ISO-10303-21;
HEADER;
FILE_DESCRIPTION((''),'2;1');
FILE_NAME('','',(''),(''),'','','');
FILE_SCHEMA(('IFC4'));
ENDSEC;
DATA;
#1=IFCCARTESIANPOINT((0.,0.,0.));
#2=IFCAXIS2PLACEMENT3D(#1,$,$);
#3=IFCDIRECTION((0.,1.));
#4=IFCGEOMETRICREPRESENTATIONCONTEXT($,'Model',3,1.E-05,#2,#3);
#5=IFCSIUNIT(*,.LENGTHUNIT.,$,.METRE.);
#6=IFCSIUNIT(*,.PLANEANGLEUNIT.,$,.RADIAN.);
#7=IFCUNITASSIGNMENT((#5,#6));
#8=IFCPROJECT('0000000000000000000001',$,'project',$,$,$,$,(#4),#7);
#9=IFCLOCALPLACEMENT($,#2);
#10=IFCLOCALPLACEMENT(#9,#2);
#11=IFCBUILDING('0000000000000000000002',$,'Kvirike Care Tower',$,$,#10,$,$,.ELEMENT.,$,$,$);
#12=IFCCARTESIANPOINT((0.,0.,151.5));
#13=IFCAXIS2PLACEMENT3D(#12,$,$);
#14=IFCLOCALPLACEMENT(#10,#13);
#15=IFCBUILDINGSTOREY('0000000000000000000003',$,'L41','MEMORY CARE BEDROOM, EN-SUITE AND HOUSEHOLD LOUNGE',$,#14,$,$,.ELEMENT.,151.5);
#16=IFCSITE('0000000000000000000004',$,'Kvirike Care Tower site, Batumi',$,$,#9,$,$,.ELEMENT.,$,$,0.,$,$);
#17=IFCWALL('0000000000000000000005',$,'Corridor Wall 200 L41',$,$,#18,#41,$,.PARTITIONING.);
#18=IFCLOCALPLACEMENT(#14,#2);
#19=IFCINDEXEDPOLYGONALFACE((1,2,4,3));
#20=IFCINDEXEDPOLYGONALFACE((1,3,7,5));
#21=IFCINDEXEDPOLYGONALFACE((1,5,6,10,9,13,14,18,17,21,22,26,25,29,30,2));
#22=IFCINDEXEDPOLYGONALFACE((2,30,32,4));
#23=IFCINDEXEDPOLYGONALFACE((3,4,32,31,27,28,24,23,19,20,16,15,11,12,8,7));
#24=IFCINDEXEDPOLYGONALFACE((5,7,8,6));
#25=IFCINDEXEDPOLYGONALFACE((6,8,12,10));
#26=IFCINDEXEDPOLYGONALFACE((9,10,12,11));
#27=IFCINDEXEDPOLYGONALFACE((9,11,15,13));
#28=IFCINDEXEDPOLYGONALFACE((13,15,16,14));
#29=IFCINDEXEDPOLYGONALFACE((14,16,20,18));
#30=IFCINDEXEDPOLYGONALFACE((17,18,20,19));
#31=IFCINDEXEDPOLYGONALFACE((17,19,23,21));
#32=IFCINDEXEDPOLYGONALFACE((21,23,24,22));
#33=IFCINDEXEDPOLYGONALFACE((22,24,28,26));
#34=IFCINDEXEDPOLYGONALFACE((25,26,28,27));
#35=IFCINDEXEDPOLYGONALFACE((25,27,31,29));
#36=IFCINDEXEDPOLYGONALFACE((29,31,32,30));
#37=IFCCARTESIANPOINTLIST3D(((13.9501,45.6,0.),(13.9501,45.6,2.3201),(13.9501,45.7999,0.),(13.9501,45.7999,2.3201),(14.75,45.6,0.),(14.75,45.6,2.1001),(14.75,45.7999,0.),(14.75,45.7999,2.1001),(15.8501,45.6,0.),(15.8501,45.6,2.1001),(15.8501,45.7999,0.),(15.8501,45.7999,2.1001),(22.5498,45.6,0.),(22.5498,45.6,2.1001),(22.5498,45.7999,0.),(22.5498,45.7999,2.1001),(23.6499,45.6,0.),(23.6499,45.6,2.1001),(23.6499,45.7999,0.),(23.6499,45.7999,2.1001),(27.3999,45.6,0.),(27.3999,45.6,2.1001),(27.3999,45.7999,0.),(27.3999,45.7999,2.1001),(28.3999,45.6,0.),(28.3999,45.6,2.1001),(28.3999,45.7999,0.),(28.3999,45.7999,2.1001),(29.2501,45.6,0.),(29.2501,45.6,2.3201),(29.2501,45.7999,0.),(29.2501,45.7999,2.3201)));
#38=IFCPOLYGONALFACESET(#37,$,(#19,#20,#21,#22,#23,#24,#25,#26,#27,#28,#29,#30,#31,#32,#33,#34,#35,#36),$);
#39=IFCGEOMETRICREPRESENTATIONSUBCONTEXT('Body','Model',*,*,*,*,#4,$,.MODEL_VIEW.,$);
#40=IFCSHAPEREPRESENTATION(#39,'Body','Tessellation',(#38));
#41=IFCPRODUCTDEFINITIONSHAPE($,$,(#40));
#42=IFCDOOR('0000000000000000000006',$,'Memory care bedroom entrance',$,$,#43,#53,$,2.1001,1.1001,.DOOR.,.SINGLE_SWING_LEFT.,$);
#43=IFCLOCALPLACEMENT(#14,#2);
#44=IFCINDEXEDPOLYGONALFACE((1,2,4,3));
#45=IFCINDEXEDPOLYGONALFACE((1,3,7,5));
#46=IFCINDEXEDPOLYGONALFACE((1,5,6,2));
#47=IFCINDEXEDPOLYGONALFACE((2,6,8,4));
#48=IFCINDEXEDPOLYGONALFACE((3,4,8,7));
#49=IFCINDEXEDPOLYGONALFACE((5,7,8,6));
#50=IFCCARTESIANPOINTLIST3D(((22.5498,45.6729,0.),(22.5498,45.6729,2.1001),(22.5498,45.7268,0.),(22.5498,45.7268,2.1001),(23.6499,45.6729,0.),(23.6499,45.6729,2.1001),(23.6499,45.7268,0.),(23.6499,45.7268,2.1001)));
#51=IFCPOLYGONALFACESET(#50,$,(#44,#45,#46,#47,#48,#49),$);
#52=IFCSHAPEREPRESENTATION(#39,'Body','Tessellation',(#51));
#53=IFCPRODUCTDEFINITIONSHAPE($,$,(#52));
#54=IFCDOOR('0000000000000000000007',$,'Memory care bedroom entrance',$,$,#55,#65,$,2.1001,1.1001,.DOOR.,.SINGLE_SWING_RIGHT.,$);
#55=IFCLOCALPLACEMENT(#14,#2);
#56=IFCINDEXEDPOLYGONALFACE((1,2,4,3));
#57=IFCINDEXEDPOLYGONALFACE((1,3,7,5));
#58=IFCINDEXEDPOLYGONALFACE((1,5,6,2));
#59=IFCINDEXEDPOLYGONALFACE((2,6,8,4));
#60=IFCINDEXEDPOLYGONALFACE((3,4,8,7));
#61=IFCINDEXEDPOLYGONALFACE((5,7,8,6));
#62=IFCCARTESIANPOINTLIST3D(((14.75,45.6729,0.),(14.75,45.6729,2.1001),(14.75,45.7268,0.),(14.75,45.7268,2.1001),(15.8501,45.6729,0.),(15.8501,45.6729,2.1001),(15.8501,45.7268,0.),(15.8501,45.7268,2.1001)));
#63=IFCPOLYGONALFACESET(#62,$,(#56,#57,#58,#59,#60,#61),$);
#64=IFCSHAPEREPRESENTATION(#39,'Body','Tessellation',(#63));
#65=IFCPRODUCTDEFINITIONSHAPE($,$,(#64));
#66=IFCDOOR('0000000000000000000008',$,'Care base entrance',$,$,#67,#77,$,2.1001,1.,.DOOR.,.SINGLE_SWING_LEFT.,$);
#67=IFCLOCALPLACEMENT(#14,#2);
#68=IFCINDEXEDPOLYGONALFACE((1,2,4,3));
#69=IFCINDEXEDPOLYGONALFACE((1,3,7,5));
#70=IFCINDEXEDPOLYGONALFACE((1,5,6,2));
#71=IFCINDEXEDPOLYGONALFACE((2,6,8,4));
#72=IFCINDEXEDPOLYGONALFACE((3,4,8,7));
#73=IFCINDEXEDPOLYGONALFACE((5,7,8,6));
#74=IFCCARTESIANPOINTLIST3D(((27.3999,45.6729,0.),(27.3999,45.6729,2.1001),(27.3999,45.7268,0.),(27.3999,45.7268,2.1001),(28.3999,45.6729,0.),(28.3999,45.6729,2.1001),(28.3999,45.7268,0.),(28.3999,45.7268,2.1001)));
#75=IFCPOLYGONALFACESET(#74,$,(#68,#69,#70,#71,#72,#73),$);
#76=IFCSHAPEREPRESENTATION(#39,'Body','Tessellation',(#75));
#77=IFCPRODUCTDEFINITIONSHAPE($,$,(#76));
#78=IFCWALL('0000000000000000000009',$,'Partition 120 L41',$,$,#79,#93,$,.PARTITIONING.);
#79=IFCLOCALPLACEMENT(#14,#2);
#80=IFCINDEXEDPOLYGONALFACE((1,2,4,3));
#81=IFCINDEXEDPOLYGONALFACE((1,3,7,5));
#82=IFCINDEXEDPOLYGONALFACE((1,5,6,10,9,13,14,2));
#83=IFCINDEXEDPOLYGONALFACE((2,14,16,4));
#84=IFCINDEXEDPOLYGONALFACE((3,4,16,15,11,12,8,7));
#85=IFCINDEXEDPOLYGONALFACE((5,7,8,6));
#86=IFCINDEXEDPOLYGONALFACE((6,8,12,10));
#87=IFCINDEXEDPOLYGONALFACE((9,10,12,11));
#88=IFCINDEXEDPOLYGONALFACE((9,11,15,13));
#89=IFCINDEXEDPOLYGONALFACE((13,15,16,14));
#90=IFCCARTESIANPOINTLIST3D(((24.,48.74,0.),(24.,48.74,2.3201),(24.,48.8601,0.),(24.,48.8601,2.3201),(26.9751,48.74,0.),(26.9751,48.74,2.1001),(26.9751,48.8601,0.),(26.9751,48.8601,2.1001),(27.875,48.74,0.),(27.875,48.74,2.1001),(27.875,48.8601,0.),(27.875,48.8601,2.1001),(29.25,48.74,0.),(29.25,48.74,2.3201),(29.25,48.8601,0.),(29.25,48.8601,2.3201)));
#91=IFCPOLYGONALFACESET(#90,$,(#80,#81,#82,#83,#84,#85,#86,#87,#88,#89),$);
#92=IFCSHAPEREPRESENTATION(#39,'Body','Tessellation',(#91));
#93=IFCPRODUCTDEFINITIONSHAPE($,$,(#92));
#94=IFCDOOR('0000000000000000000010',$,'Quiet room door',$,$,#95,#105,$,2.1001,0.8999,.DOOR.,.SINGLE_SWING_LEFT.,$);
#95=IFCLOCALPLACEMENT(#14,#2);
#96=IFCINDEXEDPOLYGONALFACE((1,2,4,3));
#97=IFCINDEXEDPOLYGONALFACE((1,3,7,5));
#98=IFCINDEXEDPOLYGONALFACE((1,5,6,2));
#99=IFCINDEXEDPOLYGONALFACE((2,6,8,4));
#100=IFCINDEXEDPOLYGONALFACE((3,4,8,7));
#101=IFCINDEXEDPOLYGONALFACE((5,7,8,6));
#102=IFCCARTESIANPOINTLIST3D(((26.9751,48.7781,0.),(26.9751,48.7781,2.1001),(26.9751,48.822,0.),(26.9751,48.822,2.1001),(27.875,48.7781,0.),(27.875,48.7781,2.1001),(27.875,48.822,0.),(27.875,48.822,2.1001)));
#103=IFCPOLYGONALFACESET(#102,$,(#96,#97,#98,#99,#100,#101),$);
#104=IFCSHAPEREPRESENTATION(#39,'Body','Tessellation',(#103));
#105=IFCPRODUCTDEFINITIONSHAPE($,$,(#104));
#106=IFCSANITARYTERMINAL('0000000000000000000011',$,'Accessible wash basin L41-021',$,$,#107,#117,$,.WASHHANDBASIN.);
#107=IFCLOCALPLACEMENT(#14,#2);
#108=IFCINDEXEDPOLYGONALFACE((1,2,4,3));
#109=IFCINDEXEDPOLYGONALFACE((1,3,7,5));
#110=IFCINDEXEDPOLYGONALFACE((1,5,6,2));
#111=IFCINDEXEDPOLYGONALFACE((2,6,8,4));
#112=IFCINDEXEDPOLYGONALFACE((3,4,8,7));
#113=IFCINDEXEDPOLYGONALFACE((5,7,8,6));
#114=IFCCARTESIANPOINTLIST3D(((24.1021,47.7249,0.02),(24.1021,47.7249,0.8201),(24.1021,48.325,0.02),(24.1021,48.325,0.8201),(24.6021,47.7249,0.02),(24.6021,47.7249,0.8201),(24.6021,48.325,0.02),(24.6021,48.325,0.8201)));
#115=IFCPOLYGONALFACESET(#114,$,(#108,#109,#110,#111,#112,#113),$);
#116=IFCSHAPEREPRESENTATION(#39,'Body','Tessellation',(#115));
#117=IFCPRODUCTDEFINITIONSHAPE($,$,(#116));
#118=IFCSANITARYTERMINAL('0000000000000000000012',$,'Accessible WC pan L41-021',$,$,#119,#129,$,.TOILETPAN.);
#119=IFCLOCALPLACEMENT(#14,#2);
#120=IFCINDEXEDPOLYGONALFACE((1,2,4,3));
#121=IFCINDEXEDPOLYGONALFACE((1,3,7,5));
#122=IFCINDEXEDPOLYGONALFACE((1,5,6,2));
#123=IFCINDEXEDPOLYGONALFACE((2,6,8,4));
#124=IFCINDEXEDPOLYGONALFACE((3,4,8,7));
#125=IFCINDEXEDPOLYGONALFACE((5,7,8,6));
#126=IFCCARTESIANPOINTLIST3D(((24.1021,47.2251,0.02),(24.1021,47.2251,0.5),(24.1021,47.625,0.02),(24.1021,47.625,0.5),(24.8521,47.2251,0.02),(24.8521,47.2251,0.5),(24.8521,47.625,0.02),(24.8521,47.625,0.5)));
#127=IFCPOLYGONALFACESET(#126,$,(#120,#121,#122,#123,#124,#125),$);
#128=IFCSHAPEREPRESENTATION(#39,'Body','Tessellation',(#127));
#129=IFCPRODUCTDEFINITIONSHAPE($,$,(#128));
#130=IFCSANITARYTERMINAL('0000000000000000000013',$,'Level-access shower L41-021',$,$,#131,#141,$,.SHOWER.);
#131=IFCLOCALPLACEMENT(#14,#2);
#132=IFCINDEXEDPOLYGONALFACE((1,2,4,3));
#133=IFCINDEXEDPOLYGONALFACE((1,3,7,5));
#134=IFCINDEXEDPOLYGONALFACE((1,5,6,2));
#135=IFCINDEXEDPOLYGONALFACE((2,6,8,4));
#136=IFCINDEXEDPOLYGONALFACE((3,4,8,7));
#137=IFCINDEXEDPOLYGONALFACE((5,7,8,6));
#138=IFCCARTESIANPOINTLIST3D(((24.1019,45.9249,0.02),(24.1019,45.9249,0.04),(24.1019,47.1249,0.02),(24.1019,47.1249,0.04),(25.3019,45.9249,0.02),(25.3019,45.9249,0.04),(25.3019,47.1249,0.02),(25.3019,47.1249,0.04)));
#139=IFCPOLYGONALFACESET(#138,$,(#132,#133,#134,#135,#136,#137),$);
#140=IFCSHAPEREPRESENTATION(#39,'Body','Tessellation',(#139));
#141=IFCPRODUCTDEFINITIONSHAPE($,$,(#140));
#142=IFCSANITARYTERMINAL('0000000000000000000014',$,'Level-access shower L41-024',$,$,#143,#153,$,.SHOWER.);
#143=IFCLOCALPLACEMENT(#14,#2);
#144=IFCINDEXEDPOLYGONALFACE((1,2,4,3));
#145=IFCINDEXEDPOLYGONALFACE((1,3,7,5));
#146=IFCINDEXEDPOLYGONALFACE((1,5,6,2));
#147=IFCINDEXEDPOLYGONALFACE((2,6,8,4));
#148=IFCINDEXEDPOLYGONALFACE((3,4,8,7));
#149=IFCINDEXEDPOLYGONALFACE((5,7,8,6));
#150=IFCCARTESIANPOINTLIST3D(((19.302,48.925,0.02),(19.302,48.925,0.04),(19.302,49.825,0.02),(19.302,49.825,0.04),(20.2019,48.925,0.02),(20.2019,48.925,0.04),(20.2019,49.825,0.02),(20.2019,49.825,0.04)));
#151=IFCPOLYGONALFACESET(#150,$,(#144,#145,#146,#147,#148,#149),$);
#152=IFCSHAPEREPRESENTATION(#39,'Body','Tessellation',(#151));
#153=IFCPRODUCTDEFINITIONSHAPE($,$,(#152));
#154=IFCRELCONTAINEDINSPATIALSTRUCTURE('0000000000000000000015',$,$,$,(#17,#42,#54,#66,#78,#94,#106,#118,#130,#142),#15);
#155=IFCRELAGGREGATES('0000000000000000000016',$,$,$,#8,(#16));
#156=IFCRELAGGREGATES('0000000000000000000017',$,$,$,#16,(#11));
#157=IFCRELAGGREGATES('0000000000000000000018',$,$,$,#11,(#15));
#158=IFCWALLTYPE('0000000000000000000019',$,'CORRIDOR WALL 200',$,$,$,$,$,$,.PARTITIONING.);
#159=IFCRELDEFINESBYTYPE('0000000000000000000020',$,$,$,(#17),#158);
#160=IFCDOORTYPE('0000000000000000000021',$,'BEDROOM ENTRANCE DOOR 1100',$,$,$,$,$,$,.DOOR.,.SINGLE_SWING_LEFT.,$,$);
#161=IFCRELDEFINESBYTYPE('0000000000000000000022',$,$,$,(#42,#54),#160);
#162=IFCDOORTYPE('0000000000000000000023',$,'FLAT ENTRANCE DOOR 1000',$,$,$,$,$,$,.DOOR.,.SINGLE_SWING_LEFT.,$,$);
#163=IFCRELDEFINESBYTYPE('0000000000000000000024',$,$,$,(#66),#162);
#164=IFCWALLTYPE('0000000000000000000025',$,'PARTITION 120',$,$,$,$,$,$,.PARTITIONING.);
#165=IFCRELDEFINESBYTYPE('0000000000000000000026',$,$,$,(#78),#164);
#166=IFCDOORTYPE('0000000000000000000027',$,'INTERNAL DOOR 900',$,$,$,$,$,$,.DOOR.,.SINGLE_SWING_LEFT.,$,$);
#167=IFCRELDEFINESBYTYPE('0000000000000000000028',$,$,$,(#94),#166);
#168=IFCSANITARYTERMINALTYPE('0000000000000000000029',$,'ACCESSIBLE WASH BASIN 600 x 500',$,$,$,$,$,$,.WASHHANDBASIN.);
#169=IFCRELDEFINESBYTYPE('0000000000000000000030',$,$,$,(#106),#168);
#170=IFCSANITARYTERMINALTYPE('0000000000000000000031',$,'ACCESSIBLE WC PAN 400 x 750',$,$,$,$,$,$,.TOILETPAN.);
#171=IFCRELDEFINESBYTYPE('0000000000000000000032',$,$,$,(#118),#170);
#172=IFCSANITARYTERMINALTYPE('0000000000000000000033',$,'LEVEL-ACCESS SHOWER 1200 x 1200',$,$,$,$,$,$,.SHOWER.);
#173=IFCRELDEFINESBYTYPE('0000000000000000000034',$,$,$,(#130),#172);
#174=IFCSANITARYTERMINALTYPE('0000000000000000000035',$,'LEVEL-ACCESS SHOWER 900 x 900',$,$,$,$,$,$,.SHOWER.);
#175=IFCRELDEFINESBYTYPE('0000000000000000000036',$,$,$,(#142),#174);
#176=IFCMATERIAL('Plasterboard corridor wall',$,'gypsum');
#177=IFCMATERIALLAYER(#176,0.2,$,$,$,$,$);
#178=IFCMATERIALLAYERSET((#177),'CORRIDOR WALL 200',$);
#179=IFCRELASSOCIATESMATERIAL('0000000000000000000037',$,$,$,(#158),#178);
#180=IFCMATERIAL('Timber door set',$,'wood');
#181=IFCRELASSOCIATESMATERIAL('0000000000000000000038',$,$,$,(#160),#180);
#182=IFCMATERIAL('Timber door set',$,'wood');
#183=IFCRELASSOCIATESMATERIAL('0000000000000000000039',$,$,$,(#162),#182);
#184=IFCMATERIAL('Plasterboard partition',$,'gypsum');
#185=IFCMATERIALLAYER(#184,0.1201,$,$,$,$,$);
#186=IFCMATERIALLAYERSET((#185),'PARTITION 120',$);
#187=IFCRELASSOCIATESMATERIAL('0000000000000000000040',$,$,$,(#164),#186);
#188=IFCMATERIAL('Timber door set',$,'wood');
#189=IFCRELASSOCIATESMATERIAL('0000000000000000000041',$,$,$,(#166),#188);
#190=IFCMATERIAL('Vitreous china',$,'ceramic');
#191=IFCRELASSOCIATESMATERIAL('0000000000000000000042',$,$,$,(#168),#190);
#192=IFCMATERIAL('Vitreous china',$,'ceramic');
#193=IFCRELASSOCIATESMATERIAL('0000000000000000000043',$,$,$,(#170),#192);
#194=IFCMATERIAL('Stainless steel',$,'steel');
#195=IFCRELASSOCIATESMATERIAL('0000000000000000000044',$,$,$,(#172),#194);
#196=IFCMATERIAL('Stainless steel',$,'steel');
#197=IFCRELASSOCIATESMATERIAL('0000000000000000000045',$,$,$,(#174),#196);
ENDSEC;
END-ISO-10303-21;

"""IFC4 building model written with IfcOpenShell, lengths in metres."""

from ifc_helpers import new_model, si_unit, direction, frame, frame_2d, origin, origin_2d, place, context, subcontext, project, spatial, rectangle, extrude, material, layer, layer_set, type_object, element, fill, save


model = new_model("IFC4")

# Units and contexts
model_context = context("Model", 3, precision=1e-05, world=origin(), true_north=direction((0.0, 1.0)))
body_context = subcontext(model_context, "Body", "Model", "MODEL_VIEW")
ifc_project = project(units=[si_unit("LENGTHUNIT", "METRE"), si_unit("PLANEANGLEUNIT", "RADIAN")], contexts=[model_context])

# Site, building, storey
site_placement = place(None, origin())
site = spatial("IfcSite", under=ifc_project, at=site_placement, Name="Kvirike Care Tower site, Batumi", CompositionType="ELEMENT", RefElevation=0.0)
building_placement = place(site_placement, origin())
building = spatial("IfcBuilding", under=site, at=building_placement, Name="Kvirike Care Tower", CompositionType="ELEMENT")
storey_placement = place(building_placement, frame((0.0, 0.0, 151.5)))
storey = spatial("IfcBuildingStorey", under=building, at=storey_placement, Name="L41", Description="MEMORY CARE BEDROOM, EN-SUITE AND HOUSEHOLD LOUNGE", CompositionType="ELEMENT", Elevation=151.5)

# Wall, openings, doors
ifc_material_1 = material(Name="Plasterboard corridor wall", Category="gypsum")
ifc_layer_1 = layer(ifc_material_1, 0.2)
ifc_layer_set_1 = layer_set([ifc_layer_1], Name="CORRIDOR WALL 200")
wall_type_1 = type_object("IfcWallType", Name="CORRIDOR WALL 200", PredefinedType="PARTITIONING", material=ifc_layer_set_1)
wall_1_placement = place(storey_placement, frame((29.25, 45.7, 0.0), z_axis=(0.0, 0.0, 1.0), x_axis=(-1.0, 0.0, 0.0)))
wall_1 = element("IfcWall", 1, at=wall_1_placement, inside=storey, type_object=wall_type_1, Name="Corridor Wall 200 L41", PredefinedType="PARTITIONING", context=body_context, shape_type="SweptSolid", body=[
    extrude(rectangle(XDim=15.3, YDim=0.2, at=frame_2d((7.6499, 0.0))), origin(), (0.0, 0.0, 1.0), 2.3201),
])
opening_1_placement = place(wall_1_placement, frame((0.8501, 0.0, 0.0)))
opening_1 = element("IfcOpeningElement", 2, at=opening_1_placement, cuts=wall_1, PredefinedType="OPENING", context=body_context, shape_type="SweptSolid", body=[
    extrude(rectangle(XDim=1.0, YDim=2.1001, at=frame_2d((0.5, 1.05))), frame((0.0, 0.1106, 0.0), z_axis=(0.0, -1.0, 0.0), x_axis=(1.0, 0.0, 0.0)), (0.0, 0.0, 1.0), 0.2209),
])
opening_2_placement = place(wall_1_placement, frame((5.6001, 0.0, 0.0)))
opening_2 = element("IfcOpeningElement", 3, at=opening_2_placement, cuts=wall_1, PredefinedType="OPENING", context=body_context, shape_type="SweptSolid", body=[
    extrude(rectangle(XDim=1.1001, YDim=2.1001, at=frame_2d((0.55, 1.05))), frame((0.0, 0.1106, 0.0), z_axis=(0.0, -1.0, 0.0), x_axis=(1.0, 0.0, 0.0)), (0.0, 0.0, 1.0), 0.2209),
])
opening_3_placement = place(wall_1_placement, frame((13.3999, 0.0, 0.0)))
opening_3 = element("IfcOpeningElement", 4, at=opening_3_placement, cuts=wall_1, PredefinedType="OPENING", context=body_context, shape_type="SweptSolid", body=[
    extrude(rectangle(XDim=1.1001, YDim=2.1001, at=frame_2d((0.55, 1.05))), frame((0.0, 0.1106, 0.0), z_axis=(0.0, -1.0, 0.0), x_axis=(1.0, 0.0, 0.0)), (0.0, 0.0, 1.0), 0.2209),
])
ifc_material_2 = material(Name="Timber door set", Category="wood")
door_type_1 = type_object("IfcDoorType", Name="BEDROOM ENTRANCE DOOR 1100", OperationType="SINGLE_SWING_LEFT", PredefinedType="DOOR", material=ifc_material_2)
door_1_placement = place(opening_2_placement, frame((1.1001, 0.0, 0.0), z_axis=(0.0, 0.0, 1.0), x_axis=(-1.0, 0.0, 0.0)))
door_1 = element("IfcDoor", 5, at=door_1_placement, inside=storey, type_object=door_type_1, Name="Memory care bedroom entrance", OperationType="SINGLE_SWING_LEFT", OverallHeight=2.1001, OverallWidth=1.1001, PredefinedType="DOOR", context=body_context, shape_type="SweptSolid", body=[
    extrude(rectangle(XDim=1.1001, YDim=2.1001, at=frame_2d((0.55, 1.05))), frame((0.0, 0.0269, 0.0), z_axis=(0.0, -1.0, 0.0), x_axis=(1.0, 0.0, 0.0)), (0.0, 0.0, 1.0), 0.054),
])
fill(opening_2, door_1)
door_2_placement = place(opening_3_placement, frame((1.1001, 0.0, 0.0), z_axis=(0.0, 0.0, 1.0), x_axis=(-1.0, 0.0, 0.0)))
door_2 = element("IfcDoor", 6, at=door_2_placement, inside=storey, type_object=door_type_1, Name="Memory care bedroom entrance", OperationType="SINGLE_SWING_RIGHT", OverallHeight=2.1001, OverallWidth=1.1001, PredefinedType="DOOR", context=body_context, shape_type="SweptSolid", body=[
    extrude(rectangle(XDim=1.1001, YDim=2.1001, at=frame_2d((0.55, 1.05))), frame((0.0, 0.0269, 0.0), z_axis=(0.0, -1.0, 0.0), x_axis=(1.0, 0.0, 0.0)), (0.0, 0.0, 1.0), 0.054),
])
fill(opening_3, door_2)
ifc_material_3 = material(Name="Timber door set", Category="wood")
door_type_2 = type_object("IfcDoorType", Name="FLAT ENTRANCE DOOR 1000", OperationType="SINGLE_SWING_LEFT", PredefinedType="DOOR", material=ifc_material_3)
door_3_placement = place(opening_1_placement, frame((1.0, 0.0, 0.0), z_axis=(0.0, 0.0, 1.0), x_axis=(-1.0, 0.0, 0.0)))
door_3 = element("IfcDoor", 7, at=door_3_placement, inside=storey, type_object=door_type_2, Name="Care base entrance", OperationType="SINGLE_SWING_LEFT", OverallHeight=2.1001, OverallWidth=1.0, PredefinedType="DOOR", context=body_context, shape_type="SweptSolid", body=[
    extrude(rectangle(XDim=1.0, YDim=2.1001, at=frame_2d((0.5, 1.05))), frame((0.0, 0.0269, 0.0), z_axis=(0.0, -1.0, 0.0), x_axis=(1.0, 0.0, 0.0)), (0.0, 0.0, 1.0), 0.054),
])
fill(opening_1, door_3)

# Wall, opening, door
ifc_material_4 = material(Name="Plasterboard partition", Category="gypsum")
ifc_layer_2 = layer(ifc_material_4, 0.1201)
ifc_layer_set_2 = layer_set([ifc_layer_2], Name="PARTITION 120")
wall_type_2 = type_object("IfcWallType", Name="PARTITION 120", PredefinedType="PARTITIONING", material=ifc_layer_set_2)
wall_2_placement = place(storey_placement, frame((29.25, 48.8, 0.0), z_axis=(0.0, 0.0, 1.0), x_axis=(-1.0, 0.0, 0.0)))
wall_2 = element("IfcWall", 8, at=wall_2_placement, inside=storey, type_object=wall_type_2, Name="Partition 120 L41", PredefinedType="PARTITIONING", context=body_context, shape_type="SweptSolid", body=[
    extrude(rectangle(XDim=5.25, YDim=0.1201, at=frame_2d((2.625, 0.0))), origin(), (0.0, 0.0, 1.0), 2.3201),
])
opening_4_placement = place(wall_2_placement, frame((1.375, 0.0, 0.0)))
opening_4 = element("IfcOpeningElement", 9, at=opening_4_placement, cuts=wall_2, PredefinedType="OPENING", context=body_context, shape_type="SweptSolid", body=[
    extrude(rectangle(XDim=0.8999, YDim=2.1001, at=frame_2d((0.45, 1.05))), frame((0.0, 0.0706, 0.0), z_axis=(0.0, -1.0, 0.0), x_axis=(1.0, 0.0, 0.0)), (0.0, 0.0, 1.0), 0.1411),
])
ifc_material_5 = material(Name="Timber door set", Category="wood")
door_type_3 = type_object("IfcDoorType", Name="INTERNAL DOOR 900", OperationType="SINGLE_SWING_LEFT", PredefinedType="DOOR", material=ifc_material_5)
door_4_placement = place(opening_4_placement, origin())
door_4 = element("IfcDoor", 10, at=door_4_placement, inside=storey, type_object=door_type_3, Name="Quiet room door", OperationType="SINGLE_SWING_LEFT", OverallHeight=2.1001, OverallWidth=0.8999, PredefinedType="DOOR", context=body_context, shape_type="SweptSolid", body=[
    extrude(rectangle(XDim=0.8999, YDim=2.1001, at=frame_2d((0.45, 1.05))), frame((0.0, 0.022, 0.0), z_axis=(0.0, -1.0, 0.0), x_axis=(1.0, 0.0, 0.0)), (0.0, 0.0, 1.0), 0.0439),
])
fill(opening_4, door_4)

# Sanitary terminals
ifc_material_6 = material(Name="Vitreous china", Category="ceramic")
sanitary_terminal_type_1 = type_object("IfcSanitaryTerminalType", Name="ACCESSIBLE WASH BASIN 600 x 500", PredefinedType="WASHHANDBASIN", material=ifc_material_6)
sanitary_terminal_1_placement = place(storey_placement, frame((24.3521, 48.0249, 0.02), z_axis=(0.0, 0.0, 1.0), x_axis=(0.0, 1.0, 0.0)))
element("IfcSanitaryTerminal", 11, at=sanitary_terminal_1_placement, inside=storey, type_object=sanitary_terminal_type_1, Name="Accessible wash basin L41-021", PredefinedType="WASHHANDBASIN", context=body_context, shape_type="SweptSolid", body=[
    extrude(rectangle(XDim=0.6001, YDim=0.5, at=origin_2d()), origin(), (0.0, 0.0, 1.0), 0.8),
])
ifc_material_7 = material(Name="Vitreous china", Category="ceramic")
sanitary_terminal_type_2 = type_object("IfcSanitaryTerminalType", Name="ACCESSIBLE WC PAN 400 x 750", PredefinedType="TOILETPAN", material=ifc_material_7)
sanitary_terminal_2_placement = place(storey_placement, frame((24.4771, 47.425, 0.02), z_axis=(0.0, 0.0, 1.0), x_axis=(0.0, 1.0, 0.0)))
element("IfcSanitaryTerminal", 12, at=sanitary_terminal_2_placement, inside=storey, type_object=sanitary_terminal_type_2, Name="Accessible WC pan L41-021", PredefinedType="TOILETPAN", context=body_context, shape_type="SweptSolid", body=[
    extrude(rectangle(XDim=0.3999, YDim=0.75, at=origin_2d()), origin(), (0.0, 0.0, 1.0), 0.48),
])
ifc_material_8 = material(Name="Stainless steel", Category="steel")
sanitary_terminal_type_3 = type_object("IfcSanitaryTerminalType", Name="LEVEL-ACCESS SHOWER 1200 x 1200", PredefinedType="SHOWER", material=ifc_material_8)
sanitary_terminal_3_placement = place(storey_placement, frame((24.7019, 46.5249, 0.02), z_axis=(0.0, 0.0, 1.0), x_axis=(0.0, 1.0, 0.0)))
element("IfcSanitaryTerminal", 13, at=sanitary_terminal_3_placement, inside=storey, type_object=sanitary_terminal_type_3, Name="Level-access shower L41-021", PredefinedType="SHOWER", context=body_context, shape_type="SweptSolid", body=[
    extrude(rectangle(XDim=1.2, YDim=1.2, at=origin_2d()), origin(), (0.0, 0.0, 1.0), 0.02),
])
ifc_material_9 = material(Name="Stainless steel", Category="steel")
sanitary_terminal_type_4 = type_object("IfcSanitaryTerminalType", Name="LEVEL-ACCESS SHOWER 900 x 900", PredefinedType="SHOWER", material=ifc_material_9)
sanitary_terminal_4_placement = place(storey_placement, frame((19.752, 49.375, 0.02), z_axis=(0.0, 0.0, 1.0), x_axis=(0.0, 1.0, 0.0)))
element("IfcSanitaryTerminal", 14, at=sanitary_terminal_4_placement, inside=storey, type_object=sanitary_terminal_type_4, Name="Level-access shower L41-024", PredefinedType="SHOWER", context=body_context, shape_type="SweptSolid", body=[
    extrude(rectangle(XDim=0.8999, YDim=0.8999, at=origin_2d()), origin(), (0.0, 0.0, 1.0), 0.02),
])

save(model, "model.ifc")
